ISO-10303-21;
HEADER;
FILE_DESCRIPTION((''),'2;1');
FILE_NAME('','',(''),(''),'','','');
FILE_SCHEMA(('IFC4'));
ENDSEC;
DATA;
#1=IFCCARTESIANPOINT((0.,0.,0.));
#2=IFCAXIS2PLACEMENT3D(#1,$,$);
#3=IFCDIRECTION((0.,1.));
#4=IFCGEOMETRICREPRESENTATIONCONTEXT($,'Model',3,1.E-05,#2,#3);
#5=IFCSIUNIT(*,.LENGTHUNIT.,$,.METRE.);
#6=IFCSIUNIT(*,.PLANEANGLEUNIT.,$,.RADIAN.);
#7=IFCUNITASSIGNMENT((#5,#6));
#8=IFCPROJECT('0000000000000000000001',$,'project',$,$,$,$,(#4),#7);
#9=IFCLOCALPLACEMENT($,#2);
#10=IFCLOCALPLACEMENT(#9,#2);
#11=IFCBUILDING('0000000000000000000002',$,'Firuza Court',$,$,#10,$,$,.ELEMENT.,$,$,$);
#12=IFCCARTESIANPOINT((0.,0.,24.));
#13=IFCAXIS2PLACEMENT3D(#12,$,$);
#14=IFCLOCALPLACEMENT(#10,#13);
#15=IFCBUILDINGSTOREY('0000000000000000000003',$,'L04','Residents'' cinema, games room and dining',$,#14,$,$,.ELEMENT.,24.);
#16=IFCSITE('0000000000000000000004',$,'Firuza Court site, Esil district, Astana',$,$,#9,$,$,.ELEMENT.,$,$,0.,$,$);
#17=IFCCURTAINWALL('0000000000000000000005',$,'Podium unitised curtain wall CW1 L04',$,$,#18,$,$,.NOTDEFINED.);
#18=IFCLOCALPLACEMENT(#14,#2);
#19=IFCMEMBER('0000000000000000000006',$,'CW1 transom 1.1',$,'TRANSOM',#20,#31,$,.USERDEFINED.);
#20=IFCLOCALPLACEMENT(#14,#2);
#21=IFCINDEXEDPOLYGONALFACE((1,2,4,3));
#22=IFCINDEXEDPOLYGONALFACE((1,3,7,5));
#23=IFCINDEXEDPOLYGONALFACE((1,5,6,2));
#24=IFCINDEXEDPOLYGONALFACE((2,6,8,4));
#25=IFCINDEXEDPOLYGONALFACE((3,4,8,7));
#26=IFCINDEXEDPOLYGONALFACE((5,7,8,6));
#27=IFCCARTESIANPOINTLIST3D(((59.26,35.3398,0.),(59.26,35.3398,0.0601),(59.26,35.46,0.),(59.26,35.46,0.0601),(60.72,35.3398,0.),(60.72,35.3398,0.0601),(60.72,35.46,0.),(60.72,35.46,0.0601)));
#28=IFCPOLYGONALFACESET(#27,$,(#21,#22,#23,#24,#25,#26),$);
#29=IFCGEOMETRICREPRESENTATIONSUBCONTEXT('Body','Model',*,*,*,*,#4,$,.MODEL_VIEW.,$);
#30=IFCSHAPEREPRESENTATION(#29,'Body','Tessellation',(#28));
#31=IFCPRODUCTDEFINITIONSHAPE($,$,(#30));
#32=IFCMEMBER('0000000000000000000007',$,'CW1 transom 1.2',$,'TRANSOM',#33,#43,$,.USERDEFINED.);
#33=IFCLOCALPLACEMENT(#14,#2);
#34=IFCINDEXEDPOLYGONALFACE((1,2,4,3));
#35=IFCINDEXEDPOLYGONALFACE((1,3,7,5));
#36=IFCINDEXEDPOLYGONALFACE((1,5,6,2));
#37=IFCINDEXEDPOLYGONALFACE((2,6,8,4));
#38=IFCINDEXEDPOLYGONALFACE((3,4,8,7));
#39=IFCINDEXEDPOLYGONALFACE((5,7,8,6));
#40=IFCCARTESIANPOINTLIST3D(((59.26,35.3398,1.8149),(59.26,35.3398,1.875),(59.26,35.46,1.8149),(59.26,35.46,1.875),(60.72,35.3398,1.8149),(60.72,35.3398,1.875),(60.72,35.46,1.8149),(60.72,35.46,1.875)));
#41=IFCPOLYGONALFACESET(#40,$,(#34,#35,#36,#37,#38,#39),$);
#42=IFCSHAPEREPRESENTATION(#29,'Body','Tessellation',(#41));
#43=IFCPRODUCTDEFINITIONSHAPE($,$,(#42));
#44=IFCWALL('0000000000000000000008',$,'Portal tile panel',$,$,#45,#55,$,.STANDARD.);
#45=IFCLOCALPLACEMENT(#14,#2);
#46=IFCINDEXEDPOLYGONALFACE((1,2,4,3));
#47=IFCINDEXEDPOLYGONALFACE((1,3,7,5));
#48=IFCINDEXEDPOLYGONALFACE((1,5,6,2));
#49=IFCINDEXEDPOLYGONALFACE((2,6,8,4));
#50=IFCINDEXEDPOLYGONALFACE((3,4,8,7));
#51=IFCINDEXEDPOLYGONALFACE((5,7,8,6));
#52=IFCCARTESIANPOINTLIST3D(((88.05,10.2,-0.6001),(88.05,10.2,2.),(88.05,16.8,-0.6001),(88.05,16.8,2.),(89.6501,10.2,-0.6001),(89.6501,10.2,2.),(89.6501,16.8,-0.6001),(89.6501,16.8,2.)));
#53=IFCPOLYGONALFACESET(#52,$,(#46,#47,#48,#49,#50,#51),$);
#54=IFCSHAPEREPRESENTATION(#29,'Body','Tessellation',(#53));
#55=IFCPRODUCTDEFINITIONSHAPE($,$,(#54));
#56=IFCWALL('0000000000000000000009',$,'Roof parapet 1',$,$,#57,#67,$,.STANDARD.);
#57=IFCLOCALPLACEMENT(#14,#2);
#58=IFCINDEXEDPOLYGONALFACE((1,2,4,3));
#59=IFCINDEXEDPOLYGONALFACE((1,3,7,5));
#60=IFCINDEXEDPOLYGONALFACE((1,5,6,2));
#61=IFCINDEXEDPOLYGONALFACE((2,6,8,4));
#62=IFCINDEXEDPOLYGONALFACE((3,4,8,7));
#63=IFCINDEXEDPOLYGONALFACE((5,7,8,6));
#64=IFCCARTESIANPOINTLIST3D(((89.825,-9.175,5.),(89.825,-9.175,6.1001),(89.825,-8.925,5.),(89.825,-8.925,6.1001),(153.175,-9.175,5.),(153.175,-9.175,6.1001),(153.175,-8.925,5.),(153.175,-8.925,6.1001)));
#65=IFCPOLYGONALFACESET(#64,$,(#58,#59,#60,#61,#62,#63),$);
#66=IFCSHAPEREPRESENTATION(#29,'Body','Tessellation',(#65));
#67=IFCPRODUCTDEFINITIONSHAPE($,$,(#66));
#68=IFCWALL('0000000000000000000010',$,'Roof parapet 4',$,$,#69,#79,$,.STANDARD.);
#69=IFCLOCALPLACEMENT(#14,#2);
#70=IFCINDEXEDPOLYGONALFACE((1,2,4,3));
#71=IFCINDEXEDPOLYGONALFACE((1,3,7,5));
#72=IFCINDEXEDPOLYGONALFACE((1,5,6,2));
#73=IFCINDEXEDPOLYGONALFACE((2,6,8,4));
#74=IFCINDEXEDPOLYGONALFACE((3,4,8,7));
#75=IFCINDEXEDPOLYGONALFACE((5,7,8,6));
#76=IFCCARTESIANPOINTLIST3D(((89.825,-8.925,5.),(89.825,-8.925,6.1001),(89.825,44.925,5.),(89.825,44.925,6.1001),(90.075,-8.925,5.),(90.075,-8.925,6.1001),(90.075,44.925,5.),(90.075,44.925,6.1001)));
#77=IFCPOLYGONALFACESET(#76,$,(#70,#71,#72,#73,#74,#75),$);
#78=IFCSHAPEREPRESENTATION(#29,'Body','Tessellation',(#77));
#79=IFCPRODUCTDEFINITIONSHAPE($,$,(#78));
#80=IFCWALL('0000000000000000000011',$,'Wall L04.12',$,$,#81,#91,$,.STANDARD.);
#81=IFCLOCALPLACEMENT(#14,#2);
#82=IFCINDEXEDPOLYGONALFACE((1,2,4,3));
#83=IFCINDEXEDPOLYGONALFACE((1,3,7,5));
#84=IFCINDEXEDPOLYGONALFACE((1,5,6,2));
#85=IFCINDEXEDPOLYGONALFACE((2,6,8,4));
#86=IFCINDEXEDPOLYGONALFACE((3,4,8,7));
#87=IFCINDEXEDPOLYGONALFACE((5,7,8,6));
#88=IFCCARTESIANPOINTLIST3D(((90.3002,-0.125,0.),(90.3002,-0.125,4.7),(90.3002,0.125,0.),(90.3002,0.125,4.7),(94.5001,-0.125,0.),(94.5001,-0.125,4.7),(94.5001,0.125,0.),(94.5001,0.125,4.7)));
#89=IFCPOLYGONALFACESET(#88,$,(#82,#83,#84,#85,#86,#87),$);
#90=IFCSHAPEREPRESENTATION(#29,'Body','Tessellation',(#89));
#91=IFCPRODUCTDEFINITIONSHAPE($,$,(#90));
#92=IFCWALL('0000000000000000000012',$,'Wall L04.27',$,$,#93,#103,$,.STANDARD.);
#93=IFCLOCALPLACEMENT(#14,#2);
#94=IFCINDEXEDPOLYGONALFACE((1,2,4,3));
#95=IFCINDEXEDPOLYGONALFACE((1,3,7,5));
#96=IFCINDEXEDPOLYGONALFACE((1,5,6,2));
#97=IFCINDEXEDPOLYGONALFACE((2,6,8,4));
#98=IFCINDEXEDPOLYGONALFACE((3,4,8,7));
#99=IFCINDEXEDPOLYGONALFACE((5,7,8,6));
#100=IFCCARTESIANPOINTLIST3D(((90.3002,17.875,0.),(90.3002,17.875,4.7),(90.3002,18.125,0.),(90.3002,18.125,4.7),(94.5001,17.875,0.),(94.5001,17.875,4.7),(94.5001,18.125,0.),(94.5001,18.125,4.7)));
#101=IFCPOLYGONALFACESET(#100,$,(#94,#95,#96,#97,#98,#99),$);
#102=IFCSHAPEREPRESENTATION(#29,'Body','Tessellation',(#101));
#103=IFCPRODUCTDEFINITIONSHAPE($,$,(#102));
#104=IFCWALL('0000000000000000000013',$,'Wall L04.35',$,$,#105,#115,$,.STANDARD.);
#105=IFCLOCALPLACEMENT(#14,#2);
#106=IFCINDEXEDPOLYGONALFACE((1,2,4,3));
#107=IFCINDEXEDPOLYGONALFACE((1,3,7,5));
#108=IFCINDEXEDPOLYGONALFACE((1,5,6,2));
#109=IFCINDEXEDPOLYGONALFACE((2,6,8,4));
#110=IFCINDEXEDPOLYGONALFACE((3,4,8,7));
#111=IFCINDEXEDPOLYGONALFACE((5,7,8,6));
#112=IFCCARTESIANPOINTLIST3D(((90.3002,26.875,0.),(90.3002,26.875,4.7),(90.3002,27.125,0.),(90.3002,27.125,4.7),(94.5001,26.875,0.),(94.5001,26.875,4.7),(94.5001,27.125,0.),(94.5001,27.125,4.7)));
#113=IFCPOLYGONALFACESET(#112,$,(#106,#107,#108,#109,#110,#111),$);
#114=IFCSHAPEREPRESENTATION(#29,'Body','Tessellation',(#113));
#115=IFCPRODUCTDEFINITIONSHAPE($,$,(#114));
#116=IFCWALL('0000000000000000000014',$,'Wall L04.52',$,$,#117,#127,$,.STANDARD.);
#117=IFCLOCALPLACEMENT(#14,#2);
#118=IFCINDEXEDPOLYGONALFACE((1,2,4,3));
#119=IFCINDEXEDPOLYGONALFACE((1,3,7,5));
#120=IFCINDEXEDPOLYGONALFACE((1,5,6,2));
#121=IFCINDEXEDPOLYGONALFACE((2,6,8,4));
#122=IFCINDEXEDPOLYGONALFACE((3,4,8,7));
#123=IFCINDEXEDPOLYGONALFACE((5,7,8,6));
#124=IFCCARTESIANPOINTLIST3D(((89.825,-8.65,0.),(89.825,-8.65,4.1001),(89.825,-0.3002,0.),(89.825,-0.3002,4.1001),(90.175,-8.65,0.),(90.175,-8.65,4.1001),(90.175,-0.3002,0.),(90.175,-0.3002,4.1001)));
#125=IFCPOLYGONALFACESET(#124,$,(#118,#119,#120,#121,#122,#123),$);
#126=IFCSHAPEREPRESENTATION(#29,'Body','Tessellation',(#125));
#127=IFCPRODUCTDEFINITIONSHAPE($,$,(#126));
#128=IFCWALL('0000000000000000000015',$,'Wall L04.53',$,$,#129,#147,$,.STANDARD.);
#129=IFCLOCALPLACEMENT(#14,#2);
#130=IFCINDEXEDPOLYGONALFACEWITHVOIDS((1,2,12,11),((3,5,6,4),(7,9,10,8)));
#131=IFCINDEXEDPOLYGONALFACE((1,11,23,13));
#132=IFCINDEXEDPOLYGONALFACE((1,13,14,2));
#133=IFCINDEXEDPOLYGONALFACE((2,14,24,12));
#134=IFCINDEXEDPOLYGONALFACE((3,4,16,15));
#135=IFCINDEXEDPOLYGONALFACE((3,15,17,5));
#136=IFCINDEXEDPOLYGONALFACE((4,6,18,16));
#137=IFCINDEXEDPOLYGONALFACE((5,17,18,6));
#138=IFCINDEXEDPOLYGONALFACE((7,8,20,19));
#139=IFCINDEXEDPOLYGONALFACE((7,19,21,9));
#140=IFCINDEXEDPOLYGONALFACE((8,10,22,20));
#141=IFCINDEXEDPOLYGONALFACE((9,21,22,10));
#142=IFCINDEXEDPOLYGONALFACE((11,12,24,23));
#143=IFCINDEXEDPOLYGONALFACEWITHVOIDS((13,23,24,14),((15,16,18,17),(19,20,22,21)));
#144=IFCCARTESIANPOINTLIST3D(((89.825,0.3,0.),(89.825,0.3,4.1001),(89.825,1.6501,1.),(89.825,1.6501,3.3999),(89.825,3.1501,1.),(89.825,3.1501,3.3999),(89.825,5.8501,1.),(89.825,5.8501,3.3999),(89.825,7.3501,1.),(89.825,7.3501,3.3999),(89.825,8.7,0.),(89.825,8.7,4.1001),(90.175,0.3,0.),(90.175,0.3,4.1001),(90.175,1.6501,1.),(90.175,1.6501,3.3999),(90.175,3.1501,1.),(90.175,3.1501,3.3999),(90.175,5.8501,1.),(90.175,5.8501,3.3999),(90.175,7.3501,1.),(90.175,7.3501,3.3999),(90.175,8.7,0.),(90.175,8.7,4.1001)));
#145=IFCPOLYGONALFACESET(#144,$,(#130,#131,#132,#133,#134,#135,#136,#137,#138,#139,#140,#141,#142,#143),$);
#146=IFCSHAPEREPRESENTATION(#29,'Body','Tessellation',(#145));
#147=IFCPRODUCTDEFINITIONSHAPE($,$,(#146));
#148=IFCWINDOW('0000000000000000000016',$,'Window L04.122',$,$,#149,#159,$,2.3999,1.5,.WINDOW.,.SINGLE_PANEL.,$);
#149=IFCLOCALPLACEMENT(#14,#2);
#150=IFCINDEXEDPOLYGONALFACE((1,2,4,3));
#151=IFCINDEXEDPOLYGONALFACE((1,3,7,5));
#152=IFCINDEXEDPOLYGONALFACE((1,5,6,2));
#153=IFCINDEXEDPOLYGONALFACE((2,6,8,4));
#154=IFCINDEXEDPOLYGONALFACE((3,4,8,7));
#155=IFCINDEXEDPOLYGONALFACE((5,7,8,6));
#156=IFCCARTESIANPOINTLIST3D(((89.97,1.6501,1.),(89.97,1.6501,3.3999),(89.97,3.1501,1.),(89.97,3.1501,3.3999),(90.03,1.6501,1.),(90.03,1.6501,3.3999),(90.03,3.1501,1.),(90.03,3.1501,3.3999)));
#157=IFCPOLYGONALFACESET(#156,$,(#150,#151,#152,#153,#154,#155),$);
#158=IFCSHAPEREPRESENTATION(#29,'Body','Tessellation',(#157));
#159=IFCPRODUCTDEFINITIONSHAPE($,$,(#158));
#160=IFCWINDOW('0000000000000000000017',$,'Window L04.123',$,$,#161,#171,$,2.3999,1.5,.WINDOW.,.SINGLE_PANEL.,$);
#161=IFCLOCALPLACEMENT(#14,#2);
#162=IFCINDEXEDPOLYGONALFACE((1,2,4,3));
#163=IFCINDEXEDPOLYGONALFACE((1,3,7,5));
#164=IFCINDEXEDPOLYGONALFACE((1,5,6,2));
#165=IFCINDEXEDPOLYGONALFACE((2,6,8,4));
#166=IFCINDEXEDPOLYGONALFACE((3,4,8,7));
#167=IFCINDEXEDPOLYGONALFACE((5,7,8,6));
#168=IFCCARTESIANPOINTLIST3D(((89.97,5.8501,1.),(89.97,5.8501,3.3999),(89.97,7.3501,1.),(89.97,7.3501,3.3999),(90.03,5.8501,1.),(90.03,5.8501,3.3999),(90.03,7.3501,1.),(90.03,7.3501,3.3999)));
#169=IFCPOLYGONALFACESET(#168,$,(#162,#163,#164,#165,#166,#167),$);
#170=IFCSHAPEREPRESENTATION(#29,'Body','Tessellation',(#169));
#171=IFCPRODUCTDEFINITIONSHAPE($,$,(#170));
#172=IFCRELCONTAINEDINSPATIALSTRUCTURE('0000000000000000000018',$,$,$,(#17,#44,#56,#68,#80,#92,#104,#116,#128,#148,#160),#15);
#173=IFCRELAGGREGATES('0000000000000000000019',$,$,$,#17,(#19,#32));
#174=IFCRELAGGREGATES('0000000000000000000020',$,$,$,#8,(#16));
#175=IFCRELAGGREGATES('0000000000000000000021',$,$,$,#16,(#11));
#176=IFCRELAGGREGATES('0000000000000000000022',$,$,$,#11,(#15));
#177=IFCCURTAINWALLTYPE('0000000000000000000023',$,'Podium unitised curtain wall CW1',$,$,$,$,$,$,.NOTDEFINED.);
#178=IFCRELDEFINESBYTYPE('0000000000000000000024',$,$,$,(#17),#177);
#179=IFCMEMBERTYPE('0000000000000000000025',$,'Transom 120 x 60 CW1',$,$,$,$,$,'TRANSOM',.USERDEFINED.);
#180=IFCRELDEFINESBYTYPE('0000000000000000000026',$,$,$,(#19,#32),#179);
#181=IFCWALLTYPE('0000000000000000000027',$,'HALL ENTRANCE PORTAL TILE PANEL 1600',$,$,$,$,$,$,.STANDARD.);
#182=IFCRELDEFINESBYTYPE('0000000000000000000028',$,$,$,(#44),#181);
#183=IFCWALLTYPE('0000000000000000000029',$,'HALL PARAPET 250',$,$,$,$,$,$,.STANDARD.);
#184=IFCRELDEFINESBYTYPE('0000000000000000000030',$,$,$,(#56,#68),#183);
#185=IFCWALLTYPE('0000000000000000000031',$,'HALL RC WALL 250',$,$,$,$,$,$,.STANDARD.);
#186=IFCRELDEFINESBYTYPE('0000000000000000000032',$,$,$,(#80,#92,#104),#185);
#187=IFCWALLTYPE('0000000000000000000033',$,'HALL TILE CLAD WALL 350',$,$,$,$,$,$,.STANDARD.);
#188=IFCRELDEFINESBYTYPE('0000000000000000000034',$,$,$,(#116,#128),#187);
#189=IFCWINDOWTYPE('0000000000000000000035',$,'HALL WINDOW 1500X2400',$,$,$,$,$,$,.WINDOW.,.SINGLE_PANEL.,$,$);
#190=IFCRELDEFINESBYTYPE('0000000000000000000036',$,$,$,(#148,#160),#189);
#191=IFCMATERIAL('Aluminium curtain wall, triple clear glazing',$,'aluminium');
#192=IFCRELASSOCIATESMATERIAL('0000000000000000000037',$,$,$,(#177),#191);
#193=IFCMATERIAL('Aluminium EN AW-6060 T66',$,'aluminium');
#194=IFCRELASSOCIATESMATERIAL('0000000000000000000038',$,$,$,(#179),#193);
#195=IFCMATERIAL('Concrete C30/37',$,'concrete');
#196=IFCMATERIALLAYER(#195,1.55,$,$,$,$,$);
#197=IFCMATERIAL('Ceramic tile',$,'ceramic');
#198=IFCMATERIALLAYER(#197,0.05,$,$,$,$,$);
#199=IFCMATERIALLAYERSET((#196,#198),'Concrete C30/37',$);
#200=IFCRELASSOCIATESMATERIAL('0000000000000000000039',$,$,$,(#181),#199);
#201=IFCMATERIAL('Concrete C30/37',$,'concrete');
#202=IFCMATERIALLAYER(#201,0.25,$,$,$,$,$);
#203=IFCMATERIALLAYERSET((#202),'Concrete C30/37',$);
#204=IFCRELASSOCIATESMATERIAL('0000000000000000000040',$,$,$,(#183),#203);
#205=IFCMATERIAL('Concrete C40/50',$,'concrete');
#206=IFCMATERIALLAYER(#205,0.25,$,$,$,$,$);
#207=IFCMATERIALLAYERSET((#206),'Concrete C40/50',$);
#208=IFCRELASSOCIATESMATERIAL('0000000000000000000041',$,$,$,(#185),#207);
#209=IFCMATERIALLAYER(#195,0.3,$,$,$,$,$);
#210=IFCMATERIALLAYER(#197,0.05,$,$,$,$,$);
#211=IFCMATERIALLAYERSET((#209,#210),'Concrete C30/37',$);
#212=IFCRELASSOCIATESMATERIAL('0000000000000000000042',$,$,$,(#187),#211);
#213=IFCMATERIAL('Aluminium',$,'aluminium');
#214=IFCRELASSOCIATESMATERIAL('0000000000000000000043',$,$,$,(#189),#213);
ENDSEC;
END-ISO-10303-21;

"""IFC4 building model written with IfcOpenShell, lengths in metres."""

from ifc_helpers import new_model, si_unit, direction, frame, frame_2d, origin, origin_2d, place, context, subcontext, project, spatial, rectangle, extrude, material, layer, layer_set, material_profile, profile_set, type_object, element, fill, aggregate, save


model = new_model("IFC4")

# Units and contexts
model_context = context("Model", 3, precision=1e-05, world=origin(), true_north=direction((0.0, 1.0)))
body_context = subcontext(model_context, "Body", "Model", "MODEL_VIEW")
ifc_project = project(units=[si_unit("LENGTHUNIT", "METRE"), si_unit("PLANEANGLEUNIT", "RADIAN")], contexts=[model_context])

# Site, building, storey
site_placement = place(None, origin())
site = spatial("IfcSite", under=ifc_project, at=site_placement, Name="Firuza Court site, Esil district, Astana", CompositionType="ELEMENT", RefElevation=0.0)
building_placement = place(site_placement, origin())
building = spatial("IfcBuilding", under=site, at=building_placement, Name="Firuza Court", CompositionType="ELEMENT")
storey_placement = place(building_placement, frame((0.0, 0.0, 24.0)))
storey = spatial("IfcBuildingStorey", under=building, at=storey_placement, Name="L04", Description="Residents' cinema, games room and dining", CompositionType="ELEMENT", Elevation=24.0)

# Curtain wall, members
ifc_material_1 = material(Name="Aluminium curtain wall, triple clear glazing", Category="aluminium")
curtain_wall_type = type_object("IfcCurtainWallType", Name="Podium unitised curtain wall CW1", PredefinedType="NOTDEFINED", material=ifc_material_1)
curtain_wall_placement = place(storey_placement, origin())
curtain_wall = element("IfcCurtainWall", 1, at=curtain_wall_placement, inside=storey, type_object=curtain_wall_type, Name="Podium unitised curtain wall CW1 L04", PredefinedType="NOTDEFINED")
ifc_material_2 = material(Name="Aluminium EN AW-6060 T66", Category="aluminium")
ifc_material_profile_1 = material_profile(ifc_material_2, rectangle(XDim=0.1201, YDim=0.0601, at=origin_2d()), Name="Transom 120 x 60 CW1")
ifc_profile_set_1 = profile_set([ifc_material_profile_1], Name="Aluminium EN AW-6060 T66")
member_type_1 = type_object("IfcMemberType", Name="Transom 120 x 60 CW1", ElementType="TRANSOM", PredefinedType="USERDEFINED", material=ifc_profile_set_1)
member_1_placement = place(storey_placement, frame((59.26, 35.3999, 0.03), z_axis=(1.0, 0.0, 0.0), x_axis=(0.0, 1.0, 0.0)))
member_1 = element("IfcMember", 2, at=member_1_placement, type_object=member_type_1, Name="CW1 transom 1.1", ObjectType="TRANSOM", PredefinedType="USERDEFINED", context=body_context, shape_type="SweptSolid", body=[
    extrude(rectangle(XDim=0.1201, YDim=0.0601, at=origin_2d()), origin(), (0.0, 0.0, 1.0), 1.46),
])
member_2_placement = place(storey_placement, frame((59.26, 35.3999, 1.845), z_axis=(1.0, 0.0, 0.0), x_axis=(0.0, 1.0, 0.0)))
member_2 = element("IfcMember", 3, at=member_2_placement, type_object=member_type_1, Name="CW1 transom 1.2", ObjectType="TRANSOM", PredefinedType="USERDEFINED", context=body_context, shape_type="SweptSolid", body=[
    extrude(rectangle(XDim=0.1201, YDim=0.0601, at=origin_2d()), origin(), (0.0, 0.0, 1.0), 1.46),
])
aggregate(curtain_wall, [member_1, member_2])

# Walls
ifc_material_3 = material(Name="Concrete C30/37", Category="concrete")
ifc_layer_1 = layer(ifc_material_3, 1.55)
ifc_material_4 = material(Name="Ceramic tile", Category="ceramic")
ifc_layer_2 = layer(ifc_material_4, 0.05)
ifc_layer_set_1 = layer_set([ifc_layer_1, ifc_layer_2], Name="Concrete C30/37")
wall_type_1 = type_object("IfcWallType", Name="HALL ENTRANCE PORTAL TILE PANEL 1600", PredefinedType="STANDARD", material=ifc_layer_set_1)
wall_1_placement = place(storey_placement, frame((88.8501, 10.2, -0.6001), z_axis=(0.0, 0.0, 1.0), x_axis=(0.0, 1.0, 0.0)))
element("IfcWall", 4, at=wall_1_placement, inside=storey, type_object=wall_type_1, Name="Portal tile panel", PredefinedType="STANDARD", context=body_context, shape_type="SweptSolid", body=[
    extrude(rectangle(XDim=6.6001, YDim=1.6001, at=frame_2d((3.3, 0.0))), origin(), (0.0, 0.0, 1.0), 2.6001),
])
ifc_material_5 = material(Name="Concrete C30/37", Category="concrete")
ifc_layer_3 = layer(ifc_material_5, 0.25)
ifc_layer_set_2 = layer_set([ifc_layer_3], Name="Concrete C30/37")
wall_type_2 = type_object("IfcWallType", Name="HALL PARAPET 250", PredefinedType="STANDARD", material=ifc_layer_set_2)
wall_2_placement = place(storey_placement, frame((89.825, -9.05, 5.0), z_axis=(0.0, 0.0, 1.0), x_axis=(1.0, 0.0, 0.0)))
element("IfcWall", 5, at=wall_2_placement, inside=storey, type_object=wall_type_2, Name="Roof parapet 1", PredefinedType="STANDARD", context=body_context, shape_type="SweptSolid", body=[
    extrude(rectangle(XDim=63.3501, YDim=0.25, at=frame_2d((31.675, 0.0))), origin(), (0.0, 0.0, 1.0), 1.1001),
])
wall_3_placement = place(storey_placement, frame((89.95, -8.925, 5.0), z_axis=(0.0, 0.0, 1.0), x_axis=(0.0, 1.0, 0.0)))
element("IfcWall", 6, at=wall_3_placement, inside=storey, type_object=wall_type_2, Name="Roof parapet 4", PredefinedType="STANDARD", context=body_context, shape_type="SweptSolid", body=[
    extrude(rectangle(XDim=53.8501, YDim=0.25, at=frame_2d((26.925, 0.0))), origin(), (0.0, 0.0, 1.0), 1.1001),
])
ifc_material_6 = material(Name="Concrete C40/50", Category="concrete")
ifc_layer_4 = layer(ifc_material_6, 0.25)
ifc_layer_set_3 = layer_set([ifc_layer_4], Name="Concrete C40/50")
wall_type_3 = type_object("IfcWallType", Name="HALL RC WALL 250", PredefinedType="STANDARD", material=ifc_layer_set_3)
for number, where, z_axis, x_axis, name in (
    (7, (90.3, 0.0, 0.0), (0.0, 0.0, 1.0), (1.0, 0.0, 0.0), "Wall L04.12"),
    (8, (90.3, 18.0, 0.0), (0.0, 0.0, 1.0), (1.0, 0.0, 0.0), "Wall L04.27"),
    (9, (90.3, 27.0, 0.0), (0.0, 0.0, 1.0), (1.0, 0.0, 0.0), "Wall L04.35"),
):
    element("IfcWall", number, at=place(storey_placement, frame(where, z_axis=z_axis, x_axis=x_axis)), inside=storey, type_object=wall_type_3, Name=name, PredefinedType="STANDARD", context=body_context, shape_type="SweptSolid", body=[
        extrude(rectangle(XDim=4.2, YDim=0.25, at=frame_2d((2.1001, 0.0))), origin(), (0.0, 0.0, 1.0), 4.7),
    ])
ifc_layer_5 = layer(ifc_material_3, 0.3)
ifc_layer_6 = layer(ifc_material_4, 0.05)
ifc_layer_set_4 = layer_set([ifc_layer_5, ifc_layer_6], Name="Concrete C30/37")
wall_type_4 = type_object("IfcWallType", Name="HALL TILE CLAD WALL 350", PredefinedType="STANDARD", material=ifc_layer_set_4)
wall_4_placement = place(storey_placement, frame((90.0, -8.6499, 0.0), z_axis=(0.0, 0.0, 1.0), x_axis=(0.0, 1.0, 0.0)))
element("IfcWall", 10, at=wall_4_placement, inside=storey, type_object=wall_type_4, Name="Wall L04.52", PredefinedType="STANDARD", context=body_context, shape_type="SweptSolid", body=[
    extrude(rectangle(XDim=8.3499, YDim=0.3501, at=frame_2d((4.1748, 0.0))), origin(), (0.0, 0.0, 1.0), 4.1001),
])

# Wall, openings, windows
wall_5_placement = place(storey_placement, frame((90.0, 0.3, 0.0), z_axis=(0.0, 0.0, 1.0), x_axis=(0.0, 1.0, 0.0)))
wall_5 = element("IfcWall", 11, at=wall_5_placement, inside=storey, type_object=wall_type_4, Name="Wall L04.53", PredefinedType="STANDARD", context=body_context, shape_type="SweptSolid", body=[
    extrude(rectangle(XDim=8.3999, YDim=0.3501, at=frame_2d((4.2, 0.0))), origin(), (0.0, 0.0, 1.0), 4.1001),
])
opening_1_placement = place(wall_5_placement, frame((1.3501, 0.0, 1.0)))
opening_1 = element("IfcOpeningElement", 12, at=opening_1_placement, cuts=wall_5, PredefinedType="OPENING", context=body_context, shape_type="SweptSolid", body=[
    extrude(rectangle(XDim=1.5, YDim=2.3999, at=frame_2d((0.75, 1.2))), frame((0.0, 0.187, 0.0), z_axis=(0.0, -1.0, 0.0), x_axis=(1.0, 0.0, 0.0)), (0.0, 0.0, 1.0), 0.374),
])
opening_2_placement = place(wall_5_placement, frame((5.55, 0.0, 1.0)))
opening_2 = element("IfcOpeningElement", 13, at=opening_2_placement, cuts=wall_5, PredefinedType="OPENING", context=body_context, shape_type="SweptSolid", body=[
    extrude(rectangle(XDim=1.5, YDim=2.3999, at=frame_2d((0.75, 1.2))), frame((0.0, 0.187, 0.0), z_axis=(0.0, -1.0, 0.0), x_axis=(1.0, 0.0, 0.0)), (0.0, 0.0, 1.0), 0.374),
])
ifc_material_7 = material(Name="Aluminium", Category="aluminium")
window_type = type_object("IfcWindowType", Name="HALL WINDOW 1500X2400", PartitioningType="SINGLE_PANEL", PredefinedType="WINDOW", material=ifc_material_7)
window_1_placement = place(opening_1_placement, origin())
window_1 = element("IfcWindow", 14, at=window_1_placement, inside=storey, type_object=window_type, Name="Window L04.122", OverallHeight=2.3999, OverallWidth=1.5, PartitioningType="SINGLE_PANEL", PredefinedType="WINDOW", context=body_context, shape_type="SweptSolid", body=[
    extrude(rectangle(XDim=1.5, YDim=2.3999, at=frame_2d((0.75, 1.2))), frame((0.0, 0.03, 0.0), z_axis=(0.0, -1.0, 0.0), x_axis=(1.0, 0.0, 0.0)), (0.0, 0.0, 1.0), 0.0601),
])
fill(opening_1, window_1)
window_2_placement = place(opening_2_placement, origin())
window_2 = element("IfcWindow", 15, at=window_2_placement, inside=storey, type_object=window_type, Name="Window L04.123", OverallHeight=2.3999, OverallWidth=1.5, PartitioningType="SINGLE_PANEL", PredefinedType="WINDOW", context=body_context, shape_type="SweptSolid", body=[
    extrude(rectangle(XDim=1.5, YDim=2.3999, at=frame_2d((0.75, 1.2))), frame((0.0, 0.03, 0.0), z_axis=(0.0, -1.0, 0.0), x_axis=(1.0, 0.0, 0.0)), (0.0, 0.0, 1.0), 0.0601),
])
fill(opening_2, window_2)

save(model, "model.ifc")
